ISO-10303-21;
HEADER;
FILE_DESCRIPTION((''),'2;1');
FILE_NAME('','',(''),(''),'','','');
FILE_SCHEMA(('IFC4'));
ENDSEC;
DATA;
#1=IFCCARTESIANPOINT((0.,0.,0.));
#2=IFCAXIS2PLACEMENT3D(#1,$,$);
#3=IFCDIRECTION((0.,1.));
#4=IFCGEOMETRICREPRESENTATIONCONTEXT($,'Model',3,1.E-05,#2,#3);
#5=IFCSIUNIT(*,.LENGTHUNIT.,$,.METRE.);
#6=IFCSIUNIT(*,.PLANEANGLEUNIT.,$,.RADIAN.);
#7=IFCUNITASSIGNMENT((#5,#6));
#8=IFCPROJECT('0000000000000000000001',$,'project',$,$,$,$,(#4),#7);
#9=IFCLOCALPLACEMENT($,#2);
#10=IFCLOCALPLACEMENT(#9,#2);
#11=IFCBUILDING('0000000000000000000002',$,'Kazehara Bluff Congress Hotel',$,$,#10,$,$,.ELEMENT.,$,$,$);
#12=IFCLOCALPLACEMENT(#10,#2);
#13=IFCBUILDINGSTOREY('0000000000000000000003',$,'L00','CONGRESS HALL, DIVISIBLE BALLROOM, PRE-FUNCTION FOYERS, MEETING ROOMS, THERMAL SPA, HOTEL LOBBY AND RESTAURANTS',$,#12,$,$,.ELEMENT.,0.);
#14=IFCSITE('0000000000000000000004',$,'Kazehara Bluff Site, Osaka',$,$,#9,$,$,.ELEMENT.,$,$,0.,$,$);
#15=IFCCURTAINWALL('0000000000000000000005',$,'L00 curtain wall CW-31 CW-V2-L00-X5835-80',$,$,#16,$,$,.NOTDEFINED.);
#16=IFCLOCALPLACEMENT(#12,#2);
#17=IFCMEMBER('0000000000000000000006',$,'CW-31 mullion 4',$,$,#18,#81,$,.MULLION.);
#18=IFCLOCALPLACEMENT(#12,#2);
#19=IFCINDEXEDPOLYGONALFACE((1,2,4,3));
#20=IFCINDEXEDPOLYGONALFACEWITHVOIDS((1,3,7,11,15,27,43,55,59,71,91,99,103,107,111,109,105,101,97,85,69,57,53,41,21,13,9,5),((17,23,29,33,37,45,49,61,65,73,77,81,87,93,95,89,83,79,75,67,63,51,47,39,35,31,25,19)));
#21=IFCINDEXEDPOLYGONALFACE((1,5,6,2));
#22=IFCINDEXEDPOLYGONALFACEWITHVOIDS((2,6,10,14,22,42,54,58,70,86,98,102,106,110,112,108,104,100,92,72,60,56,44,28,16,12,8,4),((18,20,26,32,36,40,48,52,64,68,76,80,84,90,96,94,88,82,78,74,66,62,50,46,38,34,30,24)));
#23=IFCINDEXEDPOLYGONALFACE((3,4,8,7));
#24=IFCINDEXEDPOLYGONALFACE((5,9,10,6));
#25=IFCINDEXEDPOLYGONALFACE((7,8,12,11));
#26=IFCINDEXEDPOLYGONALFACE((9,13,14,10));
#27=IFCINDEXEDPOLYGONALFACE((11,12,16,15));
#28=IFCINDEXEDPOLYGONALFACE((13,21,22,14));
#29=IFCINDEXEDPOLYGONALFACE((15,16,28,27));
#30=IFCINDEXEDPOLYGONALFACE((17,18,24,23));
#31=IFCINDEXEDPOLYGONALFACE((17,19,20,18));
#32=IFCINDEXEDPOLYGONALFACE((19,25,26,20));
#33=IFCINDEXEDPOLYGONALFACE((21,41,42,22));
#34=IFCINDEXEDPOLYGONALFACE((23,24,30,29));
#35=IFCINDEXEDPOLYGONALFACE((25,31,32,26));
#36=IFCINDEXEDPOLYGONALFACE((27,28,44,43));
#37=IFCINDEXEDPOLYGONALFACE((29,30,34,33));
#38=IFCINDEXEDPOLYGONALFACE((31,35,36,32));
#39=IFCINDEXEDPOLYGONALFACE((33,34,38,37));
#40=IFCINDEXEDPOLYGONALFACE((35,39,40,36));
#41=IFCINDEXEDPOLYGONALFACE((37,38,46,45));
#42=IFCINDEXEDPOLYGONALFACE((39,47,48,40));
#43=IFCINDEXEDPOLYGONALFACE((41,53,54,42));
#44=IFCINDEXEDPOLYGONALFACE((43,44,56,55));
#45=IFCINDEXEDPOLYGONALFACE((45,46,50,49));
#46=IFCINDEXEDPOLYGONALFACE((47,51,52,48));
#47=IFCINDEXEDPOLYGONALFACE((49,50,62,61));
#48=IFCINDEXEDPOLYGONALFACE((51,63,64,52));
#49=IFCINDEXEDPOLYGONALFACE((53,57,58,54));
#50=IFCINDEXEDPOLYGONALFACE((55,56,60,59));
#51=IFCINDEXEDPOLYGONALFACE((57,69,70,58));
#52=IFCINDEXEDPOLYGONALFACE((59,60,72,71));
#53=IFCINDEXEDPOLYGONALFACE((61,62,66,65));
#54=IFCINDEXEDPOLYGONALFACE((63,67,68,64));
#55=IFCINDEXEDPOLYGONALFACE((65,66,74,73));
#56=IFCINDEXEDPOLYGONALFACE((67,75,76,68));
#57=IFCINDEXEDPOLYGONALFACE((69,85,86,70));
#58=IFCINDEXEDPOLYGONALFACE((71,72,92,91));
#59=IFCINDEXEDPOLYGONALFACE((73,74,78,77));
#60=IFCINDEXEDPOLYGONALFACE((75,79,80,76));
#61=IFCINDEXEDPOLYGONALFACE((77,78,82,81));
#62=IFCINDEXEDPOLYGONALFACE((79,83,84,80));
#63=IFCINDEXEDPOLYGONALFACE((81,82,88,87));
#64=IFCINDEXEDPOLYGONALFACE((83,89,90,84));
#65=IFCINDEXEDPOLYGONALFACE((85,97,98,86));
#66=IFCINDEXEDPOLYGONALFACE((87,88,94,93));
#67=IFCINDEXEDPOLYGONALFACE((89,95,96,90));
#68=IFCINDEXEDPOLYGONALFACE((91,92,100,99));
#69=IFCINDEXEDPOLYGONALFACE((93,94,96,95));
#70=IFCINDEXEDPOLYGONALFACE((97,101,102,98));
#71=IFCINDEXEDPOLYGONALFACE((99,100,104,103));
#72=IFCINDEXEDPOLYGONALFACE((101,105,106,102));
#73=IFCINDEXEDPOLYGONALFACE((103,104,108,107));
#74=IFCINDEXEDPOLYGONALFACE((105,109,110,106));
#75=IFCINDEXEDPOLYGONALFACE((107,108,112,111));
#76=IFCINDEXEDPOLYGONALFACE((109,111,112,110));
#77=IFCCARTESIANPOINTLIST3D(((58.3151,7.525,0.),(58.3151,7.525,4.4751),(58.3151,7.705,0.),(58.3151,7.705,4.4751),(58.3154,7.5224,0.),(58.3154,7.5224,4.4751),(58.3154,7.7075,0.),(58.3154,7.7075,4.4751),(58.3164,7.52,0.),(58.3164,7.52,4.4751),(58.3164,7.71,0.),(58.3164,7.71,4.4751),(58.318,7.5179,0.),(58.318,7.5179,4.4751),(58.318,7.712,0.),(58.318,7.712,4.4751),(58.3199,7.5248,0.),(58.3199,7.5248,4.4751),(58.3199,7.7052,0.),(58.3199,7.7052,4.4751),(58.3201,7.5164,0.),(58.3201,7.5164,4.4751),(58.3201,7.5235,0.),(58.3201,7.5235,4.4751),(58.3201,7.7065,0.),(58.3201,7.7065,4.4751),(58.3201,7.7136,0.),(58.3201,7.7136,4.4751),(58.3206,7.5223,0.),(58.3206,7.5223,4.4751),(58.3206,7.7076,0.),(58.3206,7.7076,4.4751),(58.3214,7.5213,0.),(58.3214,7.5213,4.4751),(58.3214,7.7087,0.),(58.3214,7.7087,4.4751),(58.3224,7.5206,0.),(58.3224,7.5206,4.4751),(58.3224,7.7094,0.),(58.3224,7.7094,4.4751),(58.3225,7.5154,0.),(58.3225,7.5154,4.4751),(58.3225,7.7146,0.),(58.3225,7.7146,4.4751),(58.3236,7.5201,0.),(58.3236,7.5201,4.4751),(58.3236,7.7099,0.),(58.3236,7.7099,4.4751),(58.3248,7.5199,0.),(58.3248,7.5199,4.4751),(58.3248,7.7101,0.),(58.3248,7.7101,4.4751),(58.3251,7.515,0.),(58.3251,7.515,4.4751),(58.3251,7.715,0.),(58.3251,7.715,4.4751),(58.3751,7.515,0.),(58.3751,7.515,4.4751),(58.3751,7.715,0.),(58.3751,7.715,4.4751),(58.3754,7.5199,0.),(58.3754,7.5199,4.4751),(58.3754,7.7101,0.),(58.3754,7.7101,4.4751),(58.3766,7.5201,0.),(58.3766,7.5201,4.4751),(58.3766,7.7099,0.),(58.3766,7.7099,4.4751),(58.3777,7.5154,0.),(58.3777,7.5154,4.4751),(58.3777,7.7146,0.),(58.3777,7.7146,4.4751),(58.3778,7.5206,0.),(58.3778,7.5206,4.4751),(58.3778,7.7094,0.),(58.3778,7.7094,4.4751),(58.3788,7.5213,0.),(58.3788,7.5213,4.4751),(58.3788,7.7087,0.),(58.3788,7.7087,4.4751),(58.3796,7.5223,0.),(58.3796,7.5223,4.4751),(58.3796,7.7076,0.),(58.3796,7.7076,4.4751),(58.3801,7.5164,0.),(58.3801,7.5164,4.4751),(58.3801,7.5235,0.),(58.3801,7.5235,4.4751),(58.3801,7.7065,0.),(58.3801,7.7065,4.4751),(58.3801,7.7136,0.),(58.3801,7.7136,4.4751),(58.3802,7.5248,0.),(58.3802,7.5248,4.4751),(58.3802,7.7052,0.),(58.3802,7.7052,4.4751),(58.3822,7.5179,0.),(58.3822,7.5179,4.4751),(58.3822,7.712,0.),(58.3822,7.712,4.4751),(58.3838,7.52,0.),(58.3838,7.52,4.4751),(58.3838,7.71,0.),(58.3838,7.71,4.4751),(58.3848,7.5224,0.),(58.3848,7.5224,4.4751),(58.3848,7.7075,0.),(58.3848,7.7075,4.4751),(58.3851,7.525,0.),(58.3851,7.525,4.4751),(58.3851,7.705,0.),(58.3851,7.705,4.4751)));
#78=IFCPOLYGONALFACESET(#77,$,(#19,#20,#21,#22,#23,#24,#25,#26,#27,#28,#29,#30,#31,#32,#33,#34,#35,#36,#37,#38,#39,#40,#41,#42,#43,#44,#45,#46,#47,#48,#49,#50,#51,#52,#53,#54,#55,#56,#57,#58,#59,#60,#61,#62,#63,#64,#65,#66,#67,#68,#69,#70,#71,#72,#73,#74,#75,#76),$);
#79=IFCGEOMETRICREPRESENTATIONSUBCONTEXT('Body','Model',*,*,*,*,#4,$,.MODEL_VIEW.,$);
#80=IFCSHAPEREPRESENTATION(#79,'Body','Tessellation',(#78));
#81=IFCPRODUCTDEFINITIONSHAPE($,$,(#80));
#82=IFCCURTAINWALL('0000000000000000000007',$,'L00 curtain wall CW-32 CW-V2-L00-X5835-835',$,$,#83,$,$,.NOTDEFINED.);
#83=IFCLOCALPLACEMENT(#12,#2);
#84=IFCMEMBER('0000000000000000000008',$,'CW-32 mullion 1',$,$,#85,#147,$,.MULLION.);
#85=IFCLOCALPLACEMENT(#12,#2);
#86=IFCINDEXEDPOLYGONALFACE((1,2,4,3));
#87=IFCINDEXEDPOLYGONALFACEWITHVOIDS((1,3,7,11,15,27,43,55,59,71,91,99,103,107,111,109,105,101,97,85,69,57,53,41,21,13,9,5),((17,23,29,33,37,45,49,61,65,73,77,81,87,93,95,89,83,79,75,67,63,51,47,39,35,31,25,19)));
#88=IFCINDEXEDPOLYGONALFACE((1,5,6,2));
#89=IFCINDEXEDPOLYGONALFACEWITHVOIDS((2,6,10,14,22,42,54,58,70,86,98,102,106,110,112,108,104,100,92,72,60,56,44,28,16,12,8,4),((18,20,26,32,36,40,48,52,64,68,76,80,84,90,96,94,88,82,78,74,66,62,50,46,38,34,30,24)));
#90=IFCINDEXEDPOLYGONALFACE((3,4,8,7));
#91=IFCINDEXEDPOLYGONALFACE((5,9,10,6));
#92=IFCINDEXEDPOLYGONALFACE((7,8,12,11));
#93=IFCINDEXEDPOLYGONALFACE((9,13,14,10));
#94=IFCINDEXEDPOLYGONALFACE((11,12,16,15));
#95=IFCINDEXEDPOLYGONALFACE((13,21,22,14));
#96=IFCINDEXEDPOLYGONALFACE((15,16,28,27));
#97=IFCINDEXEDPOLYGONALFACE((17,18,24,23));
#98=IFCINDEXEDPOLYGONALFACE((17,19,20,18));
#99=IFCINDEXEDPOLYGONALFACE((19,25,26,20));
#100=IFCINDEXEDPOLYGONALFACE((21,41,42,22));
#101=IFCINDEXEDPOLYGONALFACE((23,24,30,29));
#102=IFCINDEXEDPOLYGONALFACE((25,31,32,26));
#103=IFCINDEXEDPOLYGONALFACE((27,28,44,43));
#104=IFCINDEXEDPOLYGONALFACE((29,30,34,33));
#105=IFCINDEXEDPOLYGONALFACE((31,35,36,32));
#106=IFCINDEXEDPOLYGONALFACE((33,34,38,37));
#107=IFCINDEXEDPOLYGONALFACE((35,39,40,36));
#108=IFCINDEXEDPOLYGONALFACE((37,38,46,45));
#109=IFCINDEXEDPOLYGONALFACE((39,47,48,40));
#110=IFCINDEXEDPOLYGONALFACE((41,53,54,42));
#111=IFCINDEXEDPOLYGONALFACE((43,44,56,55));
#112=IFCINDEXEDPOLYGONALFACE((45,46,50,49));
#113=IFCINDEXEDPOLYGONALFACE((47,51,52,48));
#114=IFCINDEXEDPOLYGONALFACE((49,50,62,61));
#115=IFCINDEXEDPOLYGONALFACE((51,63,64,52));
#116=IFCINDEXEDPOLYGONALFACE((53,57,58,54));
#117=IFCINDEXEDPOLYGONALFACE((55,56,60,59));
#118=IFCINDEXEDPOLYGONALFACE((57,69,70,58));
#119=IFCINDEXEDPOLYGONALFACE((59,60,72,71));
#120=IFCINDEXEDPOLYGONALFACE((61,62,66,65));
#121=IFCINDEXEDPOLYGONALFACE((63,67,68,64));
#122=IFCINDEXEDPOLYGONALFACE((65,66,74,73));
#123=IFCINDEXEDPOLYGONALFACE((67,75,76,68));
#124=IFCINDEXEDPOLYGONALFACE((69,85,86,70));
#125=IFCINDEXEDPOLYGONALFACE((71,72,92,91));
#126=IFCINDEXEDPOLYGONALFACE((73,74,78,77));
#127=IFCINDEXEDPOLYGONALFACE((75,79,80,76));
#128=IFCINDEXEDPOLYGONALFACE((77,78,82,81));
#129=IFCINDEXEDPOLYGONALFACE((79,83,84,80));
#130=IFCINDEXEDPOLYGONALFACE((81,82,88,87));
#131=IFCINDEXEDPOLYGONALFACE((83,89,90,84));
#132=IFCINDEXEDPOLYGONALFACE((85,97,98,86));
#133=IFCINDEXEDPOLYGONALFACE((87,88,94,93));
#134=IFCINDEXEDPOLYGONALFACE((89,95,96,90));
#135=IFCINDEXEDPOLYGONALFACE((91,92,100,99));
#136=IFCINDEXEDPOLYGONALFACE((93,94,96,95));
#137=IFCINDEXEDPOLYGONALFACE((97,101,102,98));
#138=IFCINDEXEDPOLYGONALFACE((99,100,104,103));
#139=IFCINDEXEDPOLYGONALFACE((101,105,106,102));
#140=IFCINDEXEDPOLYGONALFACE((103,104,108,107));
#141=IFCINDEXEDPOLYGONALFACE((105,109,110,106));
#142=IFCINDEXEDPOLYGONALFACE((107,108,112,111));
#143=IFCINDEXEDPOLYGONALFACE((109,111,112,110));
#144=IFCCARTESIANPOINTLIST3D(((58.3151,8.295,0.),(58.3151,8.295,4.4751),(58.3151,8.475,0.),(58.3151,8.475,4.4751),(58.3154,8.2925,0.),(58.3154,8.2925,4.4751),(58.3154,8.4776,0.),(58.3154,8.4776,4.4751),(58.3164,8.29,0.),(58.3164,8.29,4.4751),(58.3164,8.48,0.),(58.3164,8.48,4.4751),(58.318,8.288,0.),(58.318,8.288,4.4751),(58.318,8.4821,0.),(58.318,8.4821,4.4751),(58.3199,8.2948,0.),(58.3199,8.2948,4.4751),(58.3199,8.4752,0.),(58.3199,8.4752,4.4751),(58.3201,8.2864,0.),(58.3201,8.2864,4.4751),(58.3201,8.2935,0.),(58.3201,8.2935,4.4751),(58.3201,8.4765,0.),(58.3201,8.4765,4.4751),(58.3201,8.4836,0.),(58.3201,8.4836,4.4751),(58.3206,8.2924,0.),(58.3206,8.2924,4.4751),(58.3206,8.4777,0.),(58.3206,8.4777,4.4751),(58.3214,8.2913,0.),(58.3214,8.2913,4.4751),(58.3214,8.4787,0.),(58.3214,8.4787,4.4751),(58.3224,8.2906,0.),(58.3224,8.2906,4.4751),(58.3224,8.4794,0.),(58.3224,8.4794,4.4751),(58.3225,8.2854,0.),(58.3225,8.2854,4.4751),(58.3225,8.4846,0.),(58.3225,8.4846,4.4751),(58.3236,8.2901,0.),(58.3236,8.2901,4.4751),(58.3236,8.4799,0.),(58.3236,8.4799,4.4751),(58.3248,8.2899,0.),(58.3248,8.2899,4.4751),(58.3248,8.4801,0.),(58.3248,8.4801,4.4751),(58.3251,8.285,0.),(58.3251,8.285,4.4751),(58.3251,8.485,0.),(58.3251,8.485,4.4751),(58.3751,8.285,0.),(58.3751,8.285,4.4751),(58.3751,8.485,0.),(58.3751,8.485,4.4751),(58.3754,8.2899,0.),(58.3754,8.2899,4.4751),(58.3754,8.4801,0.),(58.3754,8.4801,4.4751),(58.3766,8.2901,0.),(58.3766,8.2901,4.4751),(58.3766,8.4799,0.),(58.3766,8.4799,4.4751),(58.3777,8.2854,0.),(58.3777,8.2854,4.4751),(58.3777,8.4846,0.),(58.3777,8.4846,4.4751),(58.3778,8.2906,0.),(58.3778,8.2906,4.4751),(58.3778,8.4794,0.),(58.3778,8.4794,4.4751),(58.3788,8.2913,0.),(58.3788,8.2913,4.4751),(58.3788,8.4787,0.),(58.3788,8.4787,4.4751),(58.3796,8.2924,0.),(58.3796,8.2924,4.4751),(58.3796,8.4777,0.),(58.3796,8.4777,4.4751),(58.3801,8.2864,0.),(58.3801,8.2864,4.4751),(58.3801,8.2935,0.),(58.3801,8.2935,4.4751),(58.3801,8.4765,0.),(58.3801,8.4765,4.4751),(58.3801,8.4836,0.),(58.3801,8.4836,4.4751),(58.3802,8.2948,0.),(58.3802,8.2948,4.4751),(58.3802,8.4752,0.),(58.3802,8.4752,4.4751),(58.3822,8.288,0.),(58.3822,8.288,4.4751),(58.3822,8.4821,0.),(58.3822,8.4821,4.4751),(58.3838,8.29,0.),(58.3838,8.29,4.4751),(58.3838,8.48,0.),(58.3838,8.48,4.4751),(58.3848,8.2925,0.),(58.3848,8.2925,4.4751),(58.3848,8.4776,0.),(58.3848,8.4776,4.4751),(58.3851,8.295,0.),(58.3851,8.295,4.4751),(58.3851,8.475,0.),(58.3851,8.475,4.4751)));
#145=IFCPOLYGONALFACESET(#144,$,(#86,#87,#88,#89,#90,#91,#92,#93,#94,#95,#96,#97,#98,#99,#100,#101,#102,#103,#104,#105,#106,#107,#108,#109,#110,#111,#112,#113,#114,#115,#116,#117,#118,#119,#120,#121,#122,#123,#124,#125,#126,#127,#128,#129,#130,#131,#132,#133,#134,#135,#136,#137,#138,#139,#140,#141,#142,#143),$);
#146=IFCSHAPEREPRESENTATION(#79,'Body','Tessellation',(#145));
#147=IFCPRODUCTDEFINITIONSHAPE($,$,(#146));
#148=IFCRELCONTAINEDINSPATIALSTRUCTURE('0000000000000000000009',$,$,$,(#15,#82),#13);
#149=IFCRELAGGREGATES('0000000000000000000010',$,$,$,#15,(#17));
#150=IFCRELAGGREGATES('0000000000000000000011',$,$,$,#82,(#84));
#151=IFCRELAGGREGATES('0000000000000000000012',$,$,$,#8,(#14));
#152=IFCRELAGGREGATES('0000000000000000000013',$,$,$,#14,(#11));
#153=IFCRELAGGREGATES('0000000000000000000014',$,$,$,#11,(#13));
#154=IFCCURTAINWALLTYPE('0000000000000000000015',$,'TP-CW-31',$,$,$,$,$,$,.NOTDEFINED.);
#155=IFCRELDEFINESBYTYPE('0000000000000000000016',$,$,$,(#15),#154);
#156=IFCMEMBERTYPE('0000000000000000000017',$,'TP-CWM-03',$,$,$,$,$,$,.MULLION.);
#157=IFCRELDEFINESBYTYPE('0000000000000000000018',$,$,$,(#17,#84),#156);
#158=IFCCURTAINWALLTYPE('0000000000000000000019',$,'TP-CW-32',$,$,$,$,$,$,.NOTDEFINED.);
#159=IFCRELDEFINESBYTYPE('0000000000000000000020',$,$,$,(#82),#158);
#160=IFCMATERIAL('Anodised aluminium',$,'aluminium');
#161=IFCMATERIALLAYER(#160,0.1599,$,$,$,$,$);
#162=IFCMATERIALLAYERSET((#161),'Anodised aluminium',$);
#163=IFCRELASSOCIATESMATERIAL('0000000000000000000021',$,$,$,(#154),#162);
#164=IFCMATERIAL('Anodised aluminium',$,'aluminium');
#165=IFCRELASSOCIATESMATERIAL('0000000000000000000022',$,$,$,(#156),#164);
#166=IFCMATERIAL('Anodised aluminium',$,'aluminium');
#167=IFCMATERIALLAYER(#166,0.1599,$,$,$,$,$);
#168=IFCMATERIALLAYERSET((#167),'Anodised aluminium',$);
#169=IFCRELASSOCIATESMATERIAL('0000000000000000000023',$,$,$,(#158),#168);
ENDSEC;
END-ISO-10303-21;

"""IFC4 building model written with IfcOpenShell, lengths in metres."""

from ifc_helpers import new_model, si_unit, direction, frame, origin, origin_2d, place, context, subcontext, project, spatial, hollow_rectangle, extrude, material, layer, layer_set, material_profile, profile_set, type_object, element, aggregate, save


model = new_model("IFC4")

# Units and contexts
model_context = context("Model", 3, precision=1e-05, world=origin(), true_north=direction((0.0, 1.0)))
body_context = subcontext(model_context, "Body", "Model", "MODEL_VIEW")
ifc_project = project(units=[si_unit("LENGTHUNIT", "METRE"), si_unit("PLANEANGLEUNIT", "RADIAN")], contexts=[model_context])

# Site, building, storey
site_placement = place(None, origin())
site = spatial("IfcSite", under=ifc_project, at=site_placement, Name="Kazehara Bluff Site, Osaka", CompositionType="ELEMENT", RefElevation=0.0)
building_placement = place(site_placement, origin())
building = spatial("IfcBuilding", under=site, at=building_placement, Name="Kazehara Bluff Congress Hotel", CompositionType="ELEMENT")
storey_placement = place(building_placement, origin())
storey = spatial("IfcBuildingStorey", under=building, at=storey_placement, Name="L00", Description="CONGRESS HALL, DIVISIBLE BALLROOM, PRE-FUNCTION FOYERS, MEETING ROOMS, THERMAL SPA, HOTEL LOBBY AND RESTAURANTS", CompositionType="ELEMENT", Elevation=0.0)

# Curtain wall, member
ifc_material_1 = material(Name="Anodised aluminium", Category="aluminium")
ifc_layer_1 = layer(ifc_material_1, 0.1599)
ifc_layer_set_1 = layer_set([ifc_layer_1], Name="Anodised aluminium")
curtain_wall_type_1 = type_object("IfcCurtainWallType", Name="TP-CW-31", PredefinedType="NOTDEFINED", material=ifc_layer_set_1)
curtain_wall_1_placement = place(storey_placement, origin())
curtain_wall_1 = element("IfcCurtainWall", 1, at=curtain_wall_1_placement, inside=storey, type_object=curtain_wall_type_1, Name="L00 curtain wall CW-31 CW-V2-L00-X5835-80", PredefinedType="NOTDEFINED")
ifc_material_2 = material(Name="Anodised aluminium", Category="aluminium")
ifc_material_profile_1 = material_profile(ifc_material_2, hollow_rectangle(XDim=0.0701, YDim=0.2, WallThickness=0.0049, InnerFilletRadius=0.0049, OuterFilletRadius=0.01, at=origin_2d()))
ifc_profile_set_1 = profile_set([ifc_material_profile_1], Name="Anodised aluminium")
member_type_1 = type_object("IfcMemberType", Name="TP-CWM-03", PredefinedType="MULLION", material=ifc_profile_set_1)
member_1_placement = place(storey_placement, frame((58.3501, 7.615, 0.0), z_axis=(0.0, 0.0, 1.0), x_axis=(-1.0, 0.0, 0.0)))
member_1 = element("IfcMember", 2, at=member_1_placement, type_object=member_type_1, Name="CW-31 mullion 4", PredefinedType="MULLION", context=body_context, shape_type="SweptSolid", body=[
    extrude(hollow_rectangle(XDim=0.0701, YDim=0.2, WallThickness=0.0049, InnerFilletRadius=0.0049, OuterFilletRadius=0.01, at=origin_2d()), origin(), (0.0, 0.0, 1.0), 4.4751),
])

# Curtain wall, member
ifc_material_3 = material(Name="Anodised aluminium", Category="aluminium")
ifc_layer_2 = layer(ifc_material_3, 0.1599)
ifc_layer_set_2 = layer_set([ifc_layer_2], Name="Anodised aluminium")
curtain_wall_type_2 = type_object("IfcCurtainWallType", Name="TP-CW-32", PredefinedType="NOTDEFINED", material=ifc_layer_set_2)
curtain_wall_2_placement = place(storey_placement, origin())
curtain_wall_2 = element("IfcCurtainWall", 3, at=curtain_wall_2_placement, inside=storey, type_object=curtain_wall_type_2, Name="L00 curtain wall CW-32 CW-V2-L00-X5835-835", PredefinedType="NOTDEFINED")
member_2_placement = place(storey_placement, frame((58.3501, 8.385, 0.0), z_axis=(0.0, 0.0, 1.0), x_axis=(-1.0, 0.0, 0.0)))
member_2 = element("IfcMember", 4, at=member_2_placement, type_object=member_type_1, Name="CW-32 mullion 1", PredefinedType="MULLION", context=body_context, shape_type="SweptSolid", body=[
    extrude(hollow_rectangle(XDim=0.0701, YDim=0.2, WallThickness=0.0049, InnerFilletRadius=0.0049, OuterFilletRadius=0.01, at=origin_2d()), origin(), (0.0, 0.0, 1.0), 4.4751),
])

aggregate(curtain_wall_1, [member_1])
aggregate(curtain_wall_2, [member_2])

save(model, "model.ifc")
